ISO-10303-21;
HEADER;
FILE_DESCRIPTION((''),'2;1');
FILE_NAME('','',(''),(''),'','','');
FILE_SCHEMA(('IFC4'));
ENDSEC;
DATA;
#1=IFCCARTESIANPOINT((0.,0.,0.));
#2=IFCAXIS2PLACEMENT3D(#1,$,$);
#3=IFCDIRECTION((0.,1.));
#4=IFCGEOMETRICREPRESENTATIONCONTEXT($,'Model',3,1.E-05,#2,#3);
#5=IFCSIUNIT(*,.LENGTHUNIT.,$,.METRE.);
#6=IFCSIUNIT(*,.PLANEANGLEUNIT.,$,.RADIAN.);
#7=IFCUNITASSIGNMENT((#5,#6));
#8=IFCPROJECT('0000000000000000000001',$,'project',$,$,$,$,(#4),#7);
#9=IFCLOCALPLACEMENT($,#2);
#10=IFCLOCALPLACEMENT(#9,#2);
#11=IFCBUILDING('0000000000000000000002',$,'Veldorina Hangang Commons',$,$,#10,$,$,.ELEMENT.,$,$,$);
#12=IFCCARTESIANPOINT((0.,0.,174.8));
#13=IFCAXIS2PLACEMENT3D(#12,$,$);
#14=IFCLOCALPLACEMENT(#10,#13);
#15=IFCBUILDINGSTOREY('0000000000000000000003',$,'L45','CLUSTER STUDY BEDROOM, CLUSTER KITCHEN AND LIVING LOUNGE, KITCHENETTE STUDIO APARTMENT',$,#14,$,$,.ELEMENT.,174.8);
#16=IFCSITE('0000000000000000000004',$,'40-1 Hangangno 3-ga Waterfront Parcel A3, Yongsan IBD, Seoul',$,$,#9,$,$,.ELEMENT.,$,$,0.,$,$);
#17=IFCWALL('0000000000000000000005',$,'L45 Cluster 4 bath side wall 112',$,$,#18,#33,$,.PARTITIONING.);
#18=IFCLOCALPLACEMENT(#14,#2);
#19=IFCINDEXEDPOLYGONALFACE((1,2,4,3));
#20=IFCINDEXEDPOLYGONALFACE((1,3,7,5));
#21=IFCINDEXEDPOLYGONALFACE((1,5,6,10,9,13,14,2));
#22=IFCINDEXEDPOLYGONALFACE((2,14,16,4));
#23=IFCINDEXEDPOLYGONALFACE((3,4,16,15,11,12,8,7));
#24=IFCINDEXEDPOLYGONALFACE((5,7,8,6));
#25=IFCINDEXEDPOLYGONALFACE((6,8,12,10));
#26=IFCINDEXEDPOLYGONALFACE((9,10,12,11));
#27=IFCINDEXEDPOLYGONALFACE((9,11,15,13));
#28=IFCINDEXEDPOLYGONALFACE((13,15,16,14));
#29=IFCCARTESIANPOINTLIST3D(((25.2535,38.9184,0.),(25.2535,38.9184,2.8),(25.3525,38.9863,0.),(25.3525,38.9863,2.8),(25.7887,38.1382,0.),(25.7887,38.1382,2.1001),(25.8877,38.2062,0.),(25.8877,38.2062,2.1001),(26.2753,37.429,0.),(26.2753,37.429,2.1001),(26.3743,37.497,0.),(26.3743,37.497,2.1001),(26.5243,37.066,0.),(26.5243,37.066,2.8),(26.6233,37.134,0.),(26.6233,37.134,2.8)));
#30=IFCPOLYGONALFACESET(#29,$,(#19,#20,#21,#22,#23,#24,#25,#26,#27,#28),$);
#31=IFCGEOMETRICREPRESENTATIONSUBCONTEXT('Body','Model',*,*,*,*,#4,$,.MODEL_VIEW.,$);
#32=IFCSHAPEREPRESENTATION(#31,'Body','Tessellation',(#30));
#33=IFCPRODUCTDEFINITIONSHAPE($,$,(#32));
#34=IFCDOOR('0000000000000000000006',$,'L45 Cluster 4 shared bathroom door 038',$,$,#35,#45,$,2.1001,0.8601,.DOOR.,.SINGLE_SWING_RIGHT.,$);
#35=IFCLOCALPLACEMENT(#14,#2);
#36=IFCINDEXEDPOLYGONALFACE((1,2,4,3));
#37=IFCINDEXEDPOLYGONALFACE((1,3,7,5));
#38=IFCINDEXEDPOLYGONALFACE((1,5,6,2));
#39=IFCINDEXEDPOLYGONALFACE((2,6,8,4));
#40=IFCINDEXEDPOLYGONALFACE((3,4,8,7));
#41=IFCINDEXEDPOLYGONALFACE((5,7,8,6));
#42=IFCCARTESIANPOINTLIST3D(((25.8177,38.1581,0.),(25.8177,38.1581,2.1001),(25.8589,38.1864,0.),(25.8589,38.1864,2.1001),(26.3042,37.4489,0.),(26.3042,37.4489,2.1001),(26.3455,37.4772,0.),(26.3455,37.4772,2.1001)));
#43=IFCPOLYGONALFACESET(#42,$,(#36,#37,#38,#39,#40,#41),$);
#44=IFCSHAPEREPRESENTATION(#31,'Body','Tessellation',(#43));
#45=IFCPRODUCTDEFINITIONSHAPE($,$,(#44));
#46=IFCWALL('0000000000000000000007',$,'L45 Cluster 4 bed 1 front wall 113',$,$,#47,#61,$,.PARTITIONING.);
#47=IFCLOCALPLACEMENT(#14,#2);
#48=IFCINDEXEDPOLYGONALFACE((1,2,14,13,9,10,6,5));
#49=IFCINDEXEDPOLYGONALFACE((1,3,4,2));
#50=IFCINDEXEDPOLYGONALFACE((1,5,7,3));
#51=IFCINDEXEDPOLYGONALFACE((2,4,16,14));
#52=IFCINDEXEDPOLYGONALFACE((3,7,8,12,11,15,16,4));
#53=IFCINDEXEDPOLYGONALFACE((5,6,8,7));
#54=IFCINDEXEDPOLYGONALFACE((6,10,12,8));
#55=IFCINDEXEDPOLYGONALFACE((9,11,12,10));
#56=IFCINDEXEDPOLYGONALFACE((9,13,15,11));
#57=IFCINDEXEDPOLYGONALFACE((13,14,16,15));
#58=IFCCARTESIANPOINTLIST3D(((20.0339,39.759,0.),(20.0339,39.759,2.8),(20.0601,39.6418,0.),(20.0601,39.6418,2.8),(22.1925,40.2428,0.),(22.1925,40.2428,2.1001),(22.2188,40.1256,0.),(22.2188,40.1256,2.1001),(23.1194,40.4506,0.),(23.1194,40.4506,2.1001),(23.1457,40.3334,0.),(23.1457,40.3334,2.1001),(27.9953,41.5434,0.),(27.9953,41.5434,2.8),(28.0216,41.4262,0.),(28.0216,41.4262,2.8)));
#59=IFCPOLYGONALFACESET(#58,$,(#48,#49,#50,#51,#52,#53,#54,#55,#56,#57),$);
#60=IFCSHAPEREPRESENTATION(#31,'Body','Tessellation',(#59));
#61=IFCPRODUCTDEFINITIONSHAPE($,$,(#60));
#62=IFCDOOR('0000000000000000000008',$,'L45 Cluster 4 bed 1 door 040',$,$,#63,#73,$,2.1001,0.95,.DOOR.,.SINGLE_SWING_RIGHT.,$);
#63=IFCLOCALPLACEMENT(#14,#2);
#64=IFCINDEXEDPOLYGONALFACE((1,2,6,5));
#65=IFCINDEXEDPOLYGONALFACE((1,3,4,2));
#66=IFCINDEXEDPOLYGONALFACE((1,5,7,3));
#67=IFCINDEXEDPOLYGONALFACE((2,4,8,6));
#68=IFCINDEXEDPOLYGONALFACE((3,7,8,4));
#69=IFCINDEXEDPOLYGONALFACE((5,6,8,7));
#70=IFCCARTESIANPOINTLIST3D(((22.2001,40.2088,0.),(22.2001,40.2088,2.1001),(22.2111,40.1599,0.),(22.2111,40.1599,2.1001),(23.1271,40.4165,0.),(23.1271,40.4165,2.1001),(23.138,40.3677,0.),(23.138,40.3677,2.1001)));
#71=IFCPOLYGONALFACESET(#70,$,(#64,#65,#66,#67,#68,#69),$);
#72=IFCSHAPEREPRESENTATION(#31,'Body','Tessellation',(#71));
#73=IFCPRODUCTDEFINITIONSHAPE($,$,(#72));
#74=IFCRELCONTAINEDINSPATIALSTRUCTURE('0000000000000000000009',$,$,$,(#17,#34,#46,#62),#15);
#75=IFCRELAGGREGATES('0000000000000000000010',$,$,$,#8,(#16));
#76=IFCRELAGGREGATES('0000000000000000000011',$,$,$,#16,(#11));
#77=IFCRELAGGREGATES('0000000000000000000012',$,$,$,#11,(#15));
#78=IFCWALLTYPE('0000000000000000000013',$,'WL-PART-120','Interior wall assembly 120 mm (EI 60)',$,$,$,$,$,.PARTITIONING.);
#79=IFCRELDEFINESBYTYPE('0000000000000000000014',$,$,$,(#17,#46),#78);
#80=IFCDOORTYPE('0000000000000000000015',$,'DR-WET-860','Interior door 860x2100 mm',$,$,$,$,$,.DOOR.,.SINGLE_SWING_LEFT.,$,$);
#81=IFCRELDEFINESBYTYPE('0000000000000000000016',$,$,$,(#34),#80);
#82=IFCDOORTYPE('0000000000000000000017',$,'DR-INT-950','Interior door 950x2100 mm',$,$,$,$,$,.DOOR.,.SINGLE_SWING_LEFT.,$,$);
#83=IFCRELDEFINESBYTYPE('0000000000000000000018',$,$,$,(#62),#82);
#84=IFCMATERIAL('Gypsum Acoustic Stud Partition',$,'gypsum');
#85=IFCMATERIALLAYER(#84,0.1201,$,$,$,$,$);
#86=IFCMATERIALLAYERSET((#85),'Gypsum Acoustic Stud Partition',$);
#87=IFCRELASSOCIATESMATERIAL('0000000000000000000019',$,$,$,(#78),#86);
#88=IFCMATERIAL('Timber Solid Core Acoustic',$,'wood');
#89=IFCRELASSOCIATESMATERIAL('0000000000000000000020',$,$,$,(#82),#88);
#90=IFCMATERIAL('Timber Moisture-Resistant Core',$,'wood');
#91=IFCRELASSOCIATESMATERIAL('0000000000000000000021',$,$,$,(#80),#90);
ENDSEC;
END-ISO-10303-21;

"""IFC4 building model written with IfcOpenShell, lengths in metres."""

from ifc_helpers import new_model, si_unit, direction, frame, frame_2d, origin, place, context, subcontext, project, spatial, rectangle, extrude, material, layer, layer_set, type_object, element, fill, save


model = new_model("IFC4")

# Units and contexts
model_context = context("Model", 3, precision=1e-05, world=origin(), true_north=direction((0.0, 1.0)))
body_context = subcontext(model_context, "Body", "Model", "MODEL_VIEW")
ifc_project = project(units=[si_unit("LENGTHUNIT", "METRE"), si_unit("PLANEANGLEUNIT", "RADIAN")], contexts=[model_context])

# Site, building, storey
site_placement = place(None, origin())
site = spatial("IfcSite", under=ifc_project, at=site_placement, Name="40-1 Hangangno 3-ga Waterfront Parcel A3, Yongsan IBD, Seoul", CompositionType="ELEMENT", RefElevation=0.0)
building_placement = place(site_placement, origin())
building = spatial("IfcBuilding", under=site, at=building_placement, Name="Veldorina Hangang Commons", CompositionType="ELEMENT")
storey_placement = place(building_placement, frame((0.0, 0.0, 174.8)))
storey = spatial("IfcBuildingStorey", under=building, at=storey_placement, Name="L45", Description="CLUSTER STUDY BEDROOM, CLUSTER KITCHEN AND LIVING LOUNGE, KITCHENETTE STUDIO APARTMENT", CompositionType="ELEMENT", Elevation=174.8)

# Shared definitions
ifc_material_1 = material(Name="Gypsum Acoustic Stud Partition", Category="gypsum")
ifc_layer_1 = layer(ifc_material_1, 0.1201)
ifc_layer_set_1 = layer_set([ifc_layer_1], Name="Gypsum Acoustic Stud Partition")
wall_type_1 = type_object("IfcWallType", Name="WL-PART-120", Description="Interior wall assembly 120 mm (EI 60)", PredefinedType="PARTITIONING", material=ifc_layer_set_1)
ifc_material_2 = material(Name="Timber Solid Core Acoustic", Category="wood")
door_type_1 = type_object("IfcDoorType", Name="DR-INT-950", Description="Interior door 950x2100 mm", OperationType="SINGLE_SWING_LEFT", PredefinedType="DOOR", material=ifc_material_2)

# Walls, openings, doors
wall_1_placement = place(storey_placement, frame((26.5737, 37.1001, 0.0), z_axis=(0.0, 0.0, 1.0), x_axis=(-0.565712, 0.824603, 0.0)))
wall_1 = element("IfcWall", 1, at=wall_1_placement, inside=storey, type_object=wall_type_1, Name="L45 Cluster 4 bath side wall 112", PredefinedType="PARTITIONING", context=body_context, shape_type="SweptSolid", body=[
    extrude(rectangle(XDim=2.2463, YDim=0.1201, at=frame_2d((1.123, 0.0))), origin(), (0.0, 0.0, 1.0), 2.8),
])
opening_1_placement = place(wall_1_placement, frame((0.4399, 0.0, 0.0)))
opening_1 = element("IfcOpeningElement", 2, at=opening_1_placement, cuts=wall_1, PredefinedType="OPENING", context=body_context, shape_type="SweptSolid", body=[
    extrude(rectangle(XDim=0.8601, YDim=2.1001, at=frame_2d((0.4302, 1.05))), frame((0.0, 0.0701, 0.0), z_axis=(0.0, -1.0, 0.0), x_axis=(1.0, 0.0, 0.0)), (0.0, 0.0, 1.0), 0.1401),
])
ifc_material_3 = material(Name="Timber Moisture-Resistant Core", Category="wood")
door_type_2 = type_object("IfcDoorType", Name="DR-WET-860", Description="Interior door 860x2100 mm", OperationType="SINGLE_SWING_LEFT", PredefinedType="DOOR", material=ifc_material_3)
door_1_placement = place(opening_1_placement, origin())
door_1 = element("IfcDoor", 3, at=door_1_placement, inside=storey, type_object=door_type_2, Name="L45 Cluster 4 shared bathroom door 038", OperationType="SINGLE_SWING_RIGHT", OverallHeight=2.1001, OverallWidth=0.8601, PredefinedType="DOOR", context=body_context, shape_type="SweptSolid", body=[
    extrude(rectangle(XDim=0.8601, YDim=2.1001, at=frame_2d((0.4302, 1.05))), frame((0.0, 0.0249, 0.0), z_axis=(0.0, -1.0, 0.0), x_axis=(1.0, 0.0, 0.0)), (0.0, 0.0, 1.0), 0.05),
])
fill(opening_1, door_1)
wall_2_placement = place(storey_placement, frame((28.0085, 41.4849, 0.0), z_axis=(0.0, 0.0, 1.0), x_axis=(-0.97579, -0.218708, 0.0)))
wall_2 = element("IfcWall", 4, at=wall_2_placement, inside=storey, type_object=wall_type_1, Name="L45 Cluster 4 bed 1 front wall 113", PredefinedType="PARTITIONING", context=body_context, shape_type="SweptSolid", body=[
    extrude(rectangle(XDim=8.1589, YDim=0.1201, at=frame_2d((4.0796, 0.0))), origin(), (0.0, 0.0, 1.0), 2.8),
])
opening_2_placement = place(wall_2_placement, frame((4.9968, 0.0, 0.0)))
opening_2 = element("IfcOpeningElement", 5, at=opening_2_placement, cuts=wall_2, PredefinedType="OPENING", context=body_context, shape_type="SweptSolid", body=[
    extrude(rectangle(XDim=0.95, YDim=2.1001, at=frame_2d((0.4751, 1.05))), frame((0.0, 0.0701, 0.0), z_axis=(0.0, -1.0, 0.0), x_axis=(1.0, 0.0, 0.0)), (0.0, 0.0, 1.0), 0.1401),
])
door_2_placement = place(opening_2_placement, origin())
door_2 = element("IfcDoor", 6, at=door_2_placement, inside=storey, type_object=door_type_1, Name="L45 Cluster 4 bed 1 door 040", OperationType="SINGLE_SWING_RIGHT", OverallHeight=2.1001, OverallWidth=0.95, PredefinedType="DOOR", context=body_context, shape_type="SweptSolid", body=[
    extrude(rectangle(XDim=0.95, YDim=2.1001, at=frame_2d((0.4751, 1.05))), frame((0.0, 0.0249, 0.0), z_axis=(0.0, -1.0, 0.0), x_axis=(1.0, 0.0, 0.0)), (0.0, 0.0, 1.0), 0.05),
])
fill(opening_2, door_2)

save(model, "model.ifc")
